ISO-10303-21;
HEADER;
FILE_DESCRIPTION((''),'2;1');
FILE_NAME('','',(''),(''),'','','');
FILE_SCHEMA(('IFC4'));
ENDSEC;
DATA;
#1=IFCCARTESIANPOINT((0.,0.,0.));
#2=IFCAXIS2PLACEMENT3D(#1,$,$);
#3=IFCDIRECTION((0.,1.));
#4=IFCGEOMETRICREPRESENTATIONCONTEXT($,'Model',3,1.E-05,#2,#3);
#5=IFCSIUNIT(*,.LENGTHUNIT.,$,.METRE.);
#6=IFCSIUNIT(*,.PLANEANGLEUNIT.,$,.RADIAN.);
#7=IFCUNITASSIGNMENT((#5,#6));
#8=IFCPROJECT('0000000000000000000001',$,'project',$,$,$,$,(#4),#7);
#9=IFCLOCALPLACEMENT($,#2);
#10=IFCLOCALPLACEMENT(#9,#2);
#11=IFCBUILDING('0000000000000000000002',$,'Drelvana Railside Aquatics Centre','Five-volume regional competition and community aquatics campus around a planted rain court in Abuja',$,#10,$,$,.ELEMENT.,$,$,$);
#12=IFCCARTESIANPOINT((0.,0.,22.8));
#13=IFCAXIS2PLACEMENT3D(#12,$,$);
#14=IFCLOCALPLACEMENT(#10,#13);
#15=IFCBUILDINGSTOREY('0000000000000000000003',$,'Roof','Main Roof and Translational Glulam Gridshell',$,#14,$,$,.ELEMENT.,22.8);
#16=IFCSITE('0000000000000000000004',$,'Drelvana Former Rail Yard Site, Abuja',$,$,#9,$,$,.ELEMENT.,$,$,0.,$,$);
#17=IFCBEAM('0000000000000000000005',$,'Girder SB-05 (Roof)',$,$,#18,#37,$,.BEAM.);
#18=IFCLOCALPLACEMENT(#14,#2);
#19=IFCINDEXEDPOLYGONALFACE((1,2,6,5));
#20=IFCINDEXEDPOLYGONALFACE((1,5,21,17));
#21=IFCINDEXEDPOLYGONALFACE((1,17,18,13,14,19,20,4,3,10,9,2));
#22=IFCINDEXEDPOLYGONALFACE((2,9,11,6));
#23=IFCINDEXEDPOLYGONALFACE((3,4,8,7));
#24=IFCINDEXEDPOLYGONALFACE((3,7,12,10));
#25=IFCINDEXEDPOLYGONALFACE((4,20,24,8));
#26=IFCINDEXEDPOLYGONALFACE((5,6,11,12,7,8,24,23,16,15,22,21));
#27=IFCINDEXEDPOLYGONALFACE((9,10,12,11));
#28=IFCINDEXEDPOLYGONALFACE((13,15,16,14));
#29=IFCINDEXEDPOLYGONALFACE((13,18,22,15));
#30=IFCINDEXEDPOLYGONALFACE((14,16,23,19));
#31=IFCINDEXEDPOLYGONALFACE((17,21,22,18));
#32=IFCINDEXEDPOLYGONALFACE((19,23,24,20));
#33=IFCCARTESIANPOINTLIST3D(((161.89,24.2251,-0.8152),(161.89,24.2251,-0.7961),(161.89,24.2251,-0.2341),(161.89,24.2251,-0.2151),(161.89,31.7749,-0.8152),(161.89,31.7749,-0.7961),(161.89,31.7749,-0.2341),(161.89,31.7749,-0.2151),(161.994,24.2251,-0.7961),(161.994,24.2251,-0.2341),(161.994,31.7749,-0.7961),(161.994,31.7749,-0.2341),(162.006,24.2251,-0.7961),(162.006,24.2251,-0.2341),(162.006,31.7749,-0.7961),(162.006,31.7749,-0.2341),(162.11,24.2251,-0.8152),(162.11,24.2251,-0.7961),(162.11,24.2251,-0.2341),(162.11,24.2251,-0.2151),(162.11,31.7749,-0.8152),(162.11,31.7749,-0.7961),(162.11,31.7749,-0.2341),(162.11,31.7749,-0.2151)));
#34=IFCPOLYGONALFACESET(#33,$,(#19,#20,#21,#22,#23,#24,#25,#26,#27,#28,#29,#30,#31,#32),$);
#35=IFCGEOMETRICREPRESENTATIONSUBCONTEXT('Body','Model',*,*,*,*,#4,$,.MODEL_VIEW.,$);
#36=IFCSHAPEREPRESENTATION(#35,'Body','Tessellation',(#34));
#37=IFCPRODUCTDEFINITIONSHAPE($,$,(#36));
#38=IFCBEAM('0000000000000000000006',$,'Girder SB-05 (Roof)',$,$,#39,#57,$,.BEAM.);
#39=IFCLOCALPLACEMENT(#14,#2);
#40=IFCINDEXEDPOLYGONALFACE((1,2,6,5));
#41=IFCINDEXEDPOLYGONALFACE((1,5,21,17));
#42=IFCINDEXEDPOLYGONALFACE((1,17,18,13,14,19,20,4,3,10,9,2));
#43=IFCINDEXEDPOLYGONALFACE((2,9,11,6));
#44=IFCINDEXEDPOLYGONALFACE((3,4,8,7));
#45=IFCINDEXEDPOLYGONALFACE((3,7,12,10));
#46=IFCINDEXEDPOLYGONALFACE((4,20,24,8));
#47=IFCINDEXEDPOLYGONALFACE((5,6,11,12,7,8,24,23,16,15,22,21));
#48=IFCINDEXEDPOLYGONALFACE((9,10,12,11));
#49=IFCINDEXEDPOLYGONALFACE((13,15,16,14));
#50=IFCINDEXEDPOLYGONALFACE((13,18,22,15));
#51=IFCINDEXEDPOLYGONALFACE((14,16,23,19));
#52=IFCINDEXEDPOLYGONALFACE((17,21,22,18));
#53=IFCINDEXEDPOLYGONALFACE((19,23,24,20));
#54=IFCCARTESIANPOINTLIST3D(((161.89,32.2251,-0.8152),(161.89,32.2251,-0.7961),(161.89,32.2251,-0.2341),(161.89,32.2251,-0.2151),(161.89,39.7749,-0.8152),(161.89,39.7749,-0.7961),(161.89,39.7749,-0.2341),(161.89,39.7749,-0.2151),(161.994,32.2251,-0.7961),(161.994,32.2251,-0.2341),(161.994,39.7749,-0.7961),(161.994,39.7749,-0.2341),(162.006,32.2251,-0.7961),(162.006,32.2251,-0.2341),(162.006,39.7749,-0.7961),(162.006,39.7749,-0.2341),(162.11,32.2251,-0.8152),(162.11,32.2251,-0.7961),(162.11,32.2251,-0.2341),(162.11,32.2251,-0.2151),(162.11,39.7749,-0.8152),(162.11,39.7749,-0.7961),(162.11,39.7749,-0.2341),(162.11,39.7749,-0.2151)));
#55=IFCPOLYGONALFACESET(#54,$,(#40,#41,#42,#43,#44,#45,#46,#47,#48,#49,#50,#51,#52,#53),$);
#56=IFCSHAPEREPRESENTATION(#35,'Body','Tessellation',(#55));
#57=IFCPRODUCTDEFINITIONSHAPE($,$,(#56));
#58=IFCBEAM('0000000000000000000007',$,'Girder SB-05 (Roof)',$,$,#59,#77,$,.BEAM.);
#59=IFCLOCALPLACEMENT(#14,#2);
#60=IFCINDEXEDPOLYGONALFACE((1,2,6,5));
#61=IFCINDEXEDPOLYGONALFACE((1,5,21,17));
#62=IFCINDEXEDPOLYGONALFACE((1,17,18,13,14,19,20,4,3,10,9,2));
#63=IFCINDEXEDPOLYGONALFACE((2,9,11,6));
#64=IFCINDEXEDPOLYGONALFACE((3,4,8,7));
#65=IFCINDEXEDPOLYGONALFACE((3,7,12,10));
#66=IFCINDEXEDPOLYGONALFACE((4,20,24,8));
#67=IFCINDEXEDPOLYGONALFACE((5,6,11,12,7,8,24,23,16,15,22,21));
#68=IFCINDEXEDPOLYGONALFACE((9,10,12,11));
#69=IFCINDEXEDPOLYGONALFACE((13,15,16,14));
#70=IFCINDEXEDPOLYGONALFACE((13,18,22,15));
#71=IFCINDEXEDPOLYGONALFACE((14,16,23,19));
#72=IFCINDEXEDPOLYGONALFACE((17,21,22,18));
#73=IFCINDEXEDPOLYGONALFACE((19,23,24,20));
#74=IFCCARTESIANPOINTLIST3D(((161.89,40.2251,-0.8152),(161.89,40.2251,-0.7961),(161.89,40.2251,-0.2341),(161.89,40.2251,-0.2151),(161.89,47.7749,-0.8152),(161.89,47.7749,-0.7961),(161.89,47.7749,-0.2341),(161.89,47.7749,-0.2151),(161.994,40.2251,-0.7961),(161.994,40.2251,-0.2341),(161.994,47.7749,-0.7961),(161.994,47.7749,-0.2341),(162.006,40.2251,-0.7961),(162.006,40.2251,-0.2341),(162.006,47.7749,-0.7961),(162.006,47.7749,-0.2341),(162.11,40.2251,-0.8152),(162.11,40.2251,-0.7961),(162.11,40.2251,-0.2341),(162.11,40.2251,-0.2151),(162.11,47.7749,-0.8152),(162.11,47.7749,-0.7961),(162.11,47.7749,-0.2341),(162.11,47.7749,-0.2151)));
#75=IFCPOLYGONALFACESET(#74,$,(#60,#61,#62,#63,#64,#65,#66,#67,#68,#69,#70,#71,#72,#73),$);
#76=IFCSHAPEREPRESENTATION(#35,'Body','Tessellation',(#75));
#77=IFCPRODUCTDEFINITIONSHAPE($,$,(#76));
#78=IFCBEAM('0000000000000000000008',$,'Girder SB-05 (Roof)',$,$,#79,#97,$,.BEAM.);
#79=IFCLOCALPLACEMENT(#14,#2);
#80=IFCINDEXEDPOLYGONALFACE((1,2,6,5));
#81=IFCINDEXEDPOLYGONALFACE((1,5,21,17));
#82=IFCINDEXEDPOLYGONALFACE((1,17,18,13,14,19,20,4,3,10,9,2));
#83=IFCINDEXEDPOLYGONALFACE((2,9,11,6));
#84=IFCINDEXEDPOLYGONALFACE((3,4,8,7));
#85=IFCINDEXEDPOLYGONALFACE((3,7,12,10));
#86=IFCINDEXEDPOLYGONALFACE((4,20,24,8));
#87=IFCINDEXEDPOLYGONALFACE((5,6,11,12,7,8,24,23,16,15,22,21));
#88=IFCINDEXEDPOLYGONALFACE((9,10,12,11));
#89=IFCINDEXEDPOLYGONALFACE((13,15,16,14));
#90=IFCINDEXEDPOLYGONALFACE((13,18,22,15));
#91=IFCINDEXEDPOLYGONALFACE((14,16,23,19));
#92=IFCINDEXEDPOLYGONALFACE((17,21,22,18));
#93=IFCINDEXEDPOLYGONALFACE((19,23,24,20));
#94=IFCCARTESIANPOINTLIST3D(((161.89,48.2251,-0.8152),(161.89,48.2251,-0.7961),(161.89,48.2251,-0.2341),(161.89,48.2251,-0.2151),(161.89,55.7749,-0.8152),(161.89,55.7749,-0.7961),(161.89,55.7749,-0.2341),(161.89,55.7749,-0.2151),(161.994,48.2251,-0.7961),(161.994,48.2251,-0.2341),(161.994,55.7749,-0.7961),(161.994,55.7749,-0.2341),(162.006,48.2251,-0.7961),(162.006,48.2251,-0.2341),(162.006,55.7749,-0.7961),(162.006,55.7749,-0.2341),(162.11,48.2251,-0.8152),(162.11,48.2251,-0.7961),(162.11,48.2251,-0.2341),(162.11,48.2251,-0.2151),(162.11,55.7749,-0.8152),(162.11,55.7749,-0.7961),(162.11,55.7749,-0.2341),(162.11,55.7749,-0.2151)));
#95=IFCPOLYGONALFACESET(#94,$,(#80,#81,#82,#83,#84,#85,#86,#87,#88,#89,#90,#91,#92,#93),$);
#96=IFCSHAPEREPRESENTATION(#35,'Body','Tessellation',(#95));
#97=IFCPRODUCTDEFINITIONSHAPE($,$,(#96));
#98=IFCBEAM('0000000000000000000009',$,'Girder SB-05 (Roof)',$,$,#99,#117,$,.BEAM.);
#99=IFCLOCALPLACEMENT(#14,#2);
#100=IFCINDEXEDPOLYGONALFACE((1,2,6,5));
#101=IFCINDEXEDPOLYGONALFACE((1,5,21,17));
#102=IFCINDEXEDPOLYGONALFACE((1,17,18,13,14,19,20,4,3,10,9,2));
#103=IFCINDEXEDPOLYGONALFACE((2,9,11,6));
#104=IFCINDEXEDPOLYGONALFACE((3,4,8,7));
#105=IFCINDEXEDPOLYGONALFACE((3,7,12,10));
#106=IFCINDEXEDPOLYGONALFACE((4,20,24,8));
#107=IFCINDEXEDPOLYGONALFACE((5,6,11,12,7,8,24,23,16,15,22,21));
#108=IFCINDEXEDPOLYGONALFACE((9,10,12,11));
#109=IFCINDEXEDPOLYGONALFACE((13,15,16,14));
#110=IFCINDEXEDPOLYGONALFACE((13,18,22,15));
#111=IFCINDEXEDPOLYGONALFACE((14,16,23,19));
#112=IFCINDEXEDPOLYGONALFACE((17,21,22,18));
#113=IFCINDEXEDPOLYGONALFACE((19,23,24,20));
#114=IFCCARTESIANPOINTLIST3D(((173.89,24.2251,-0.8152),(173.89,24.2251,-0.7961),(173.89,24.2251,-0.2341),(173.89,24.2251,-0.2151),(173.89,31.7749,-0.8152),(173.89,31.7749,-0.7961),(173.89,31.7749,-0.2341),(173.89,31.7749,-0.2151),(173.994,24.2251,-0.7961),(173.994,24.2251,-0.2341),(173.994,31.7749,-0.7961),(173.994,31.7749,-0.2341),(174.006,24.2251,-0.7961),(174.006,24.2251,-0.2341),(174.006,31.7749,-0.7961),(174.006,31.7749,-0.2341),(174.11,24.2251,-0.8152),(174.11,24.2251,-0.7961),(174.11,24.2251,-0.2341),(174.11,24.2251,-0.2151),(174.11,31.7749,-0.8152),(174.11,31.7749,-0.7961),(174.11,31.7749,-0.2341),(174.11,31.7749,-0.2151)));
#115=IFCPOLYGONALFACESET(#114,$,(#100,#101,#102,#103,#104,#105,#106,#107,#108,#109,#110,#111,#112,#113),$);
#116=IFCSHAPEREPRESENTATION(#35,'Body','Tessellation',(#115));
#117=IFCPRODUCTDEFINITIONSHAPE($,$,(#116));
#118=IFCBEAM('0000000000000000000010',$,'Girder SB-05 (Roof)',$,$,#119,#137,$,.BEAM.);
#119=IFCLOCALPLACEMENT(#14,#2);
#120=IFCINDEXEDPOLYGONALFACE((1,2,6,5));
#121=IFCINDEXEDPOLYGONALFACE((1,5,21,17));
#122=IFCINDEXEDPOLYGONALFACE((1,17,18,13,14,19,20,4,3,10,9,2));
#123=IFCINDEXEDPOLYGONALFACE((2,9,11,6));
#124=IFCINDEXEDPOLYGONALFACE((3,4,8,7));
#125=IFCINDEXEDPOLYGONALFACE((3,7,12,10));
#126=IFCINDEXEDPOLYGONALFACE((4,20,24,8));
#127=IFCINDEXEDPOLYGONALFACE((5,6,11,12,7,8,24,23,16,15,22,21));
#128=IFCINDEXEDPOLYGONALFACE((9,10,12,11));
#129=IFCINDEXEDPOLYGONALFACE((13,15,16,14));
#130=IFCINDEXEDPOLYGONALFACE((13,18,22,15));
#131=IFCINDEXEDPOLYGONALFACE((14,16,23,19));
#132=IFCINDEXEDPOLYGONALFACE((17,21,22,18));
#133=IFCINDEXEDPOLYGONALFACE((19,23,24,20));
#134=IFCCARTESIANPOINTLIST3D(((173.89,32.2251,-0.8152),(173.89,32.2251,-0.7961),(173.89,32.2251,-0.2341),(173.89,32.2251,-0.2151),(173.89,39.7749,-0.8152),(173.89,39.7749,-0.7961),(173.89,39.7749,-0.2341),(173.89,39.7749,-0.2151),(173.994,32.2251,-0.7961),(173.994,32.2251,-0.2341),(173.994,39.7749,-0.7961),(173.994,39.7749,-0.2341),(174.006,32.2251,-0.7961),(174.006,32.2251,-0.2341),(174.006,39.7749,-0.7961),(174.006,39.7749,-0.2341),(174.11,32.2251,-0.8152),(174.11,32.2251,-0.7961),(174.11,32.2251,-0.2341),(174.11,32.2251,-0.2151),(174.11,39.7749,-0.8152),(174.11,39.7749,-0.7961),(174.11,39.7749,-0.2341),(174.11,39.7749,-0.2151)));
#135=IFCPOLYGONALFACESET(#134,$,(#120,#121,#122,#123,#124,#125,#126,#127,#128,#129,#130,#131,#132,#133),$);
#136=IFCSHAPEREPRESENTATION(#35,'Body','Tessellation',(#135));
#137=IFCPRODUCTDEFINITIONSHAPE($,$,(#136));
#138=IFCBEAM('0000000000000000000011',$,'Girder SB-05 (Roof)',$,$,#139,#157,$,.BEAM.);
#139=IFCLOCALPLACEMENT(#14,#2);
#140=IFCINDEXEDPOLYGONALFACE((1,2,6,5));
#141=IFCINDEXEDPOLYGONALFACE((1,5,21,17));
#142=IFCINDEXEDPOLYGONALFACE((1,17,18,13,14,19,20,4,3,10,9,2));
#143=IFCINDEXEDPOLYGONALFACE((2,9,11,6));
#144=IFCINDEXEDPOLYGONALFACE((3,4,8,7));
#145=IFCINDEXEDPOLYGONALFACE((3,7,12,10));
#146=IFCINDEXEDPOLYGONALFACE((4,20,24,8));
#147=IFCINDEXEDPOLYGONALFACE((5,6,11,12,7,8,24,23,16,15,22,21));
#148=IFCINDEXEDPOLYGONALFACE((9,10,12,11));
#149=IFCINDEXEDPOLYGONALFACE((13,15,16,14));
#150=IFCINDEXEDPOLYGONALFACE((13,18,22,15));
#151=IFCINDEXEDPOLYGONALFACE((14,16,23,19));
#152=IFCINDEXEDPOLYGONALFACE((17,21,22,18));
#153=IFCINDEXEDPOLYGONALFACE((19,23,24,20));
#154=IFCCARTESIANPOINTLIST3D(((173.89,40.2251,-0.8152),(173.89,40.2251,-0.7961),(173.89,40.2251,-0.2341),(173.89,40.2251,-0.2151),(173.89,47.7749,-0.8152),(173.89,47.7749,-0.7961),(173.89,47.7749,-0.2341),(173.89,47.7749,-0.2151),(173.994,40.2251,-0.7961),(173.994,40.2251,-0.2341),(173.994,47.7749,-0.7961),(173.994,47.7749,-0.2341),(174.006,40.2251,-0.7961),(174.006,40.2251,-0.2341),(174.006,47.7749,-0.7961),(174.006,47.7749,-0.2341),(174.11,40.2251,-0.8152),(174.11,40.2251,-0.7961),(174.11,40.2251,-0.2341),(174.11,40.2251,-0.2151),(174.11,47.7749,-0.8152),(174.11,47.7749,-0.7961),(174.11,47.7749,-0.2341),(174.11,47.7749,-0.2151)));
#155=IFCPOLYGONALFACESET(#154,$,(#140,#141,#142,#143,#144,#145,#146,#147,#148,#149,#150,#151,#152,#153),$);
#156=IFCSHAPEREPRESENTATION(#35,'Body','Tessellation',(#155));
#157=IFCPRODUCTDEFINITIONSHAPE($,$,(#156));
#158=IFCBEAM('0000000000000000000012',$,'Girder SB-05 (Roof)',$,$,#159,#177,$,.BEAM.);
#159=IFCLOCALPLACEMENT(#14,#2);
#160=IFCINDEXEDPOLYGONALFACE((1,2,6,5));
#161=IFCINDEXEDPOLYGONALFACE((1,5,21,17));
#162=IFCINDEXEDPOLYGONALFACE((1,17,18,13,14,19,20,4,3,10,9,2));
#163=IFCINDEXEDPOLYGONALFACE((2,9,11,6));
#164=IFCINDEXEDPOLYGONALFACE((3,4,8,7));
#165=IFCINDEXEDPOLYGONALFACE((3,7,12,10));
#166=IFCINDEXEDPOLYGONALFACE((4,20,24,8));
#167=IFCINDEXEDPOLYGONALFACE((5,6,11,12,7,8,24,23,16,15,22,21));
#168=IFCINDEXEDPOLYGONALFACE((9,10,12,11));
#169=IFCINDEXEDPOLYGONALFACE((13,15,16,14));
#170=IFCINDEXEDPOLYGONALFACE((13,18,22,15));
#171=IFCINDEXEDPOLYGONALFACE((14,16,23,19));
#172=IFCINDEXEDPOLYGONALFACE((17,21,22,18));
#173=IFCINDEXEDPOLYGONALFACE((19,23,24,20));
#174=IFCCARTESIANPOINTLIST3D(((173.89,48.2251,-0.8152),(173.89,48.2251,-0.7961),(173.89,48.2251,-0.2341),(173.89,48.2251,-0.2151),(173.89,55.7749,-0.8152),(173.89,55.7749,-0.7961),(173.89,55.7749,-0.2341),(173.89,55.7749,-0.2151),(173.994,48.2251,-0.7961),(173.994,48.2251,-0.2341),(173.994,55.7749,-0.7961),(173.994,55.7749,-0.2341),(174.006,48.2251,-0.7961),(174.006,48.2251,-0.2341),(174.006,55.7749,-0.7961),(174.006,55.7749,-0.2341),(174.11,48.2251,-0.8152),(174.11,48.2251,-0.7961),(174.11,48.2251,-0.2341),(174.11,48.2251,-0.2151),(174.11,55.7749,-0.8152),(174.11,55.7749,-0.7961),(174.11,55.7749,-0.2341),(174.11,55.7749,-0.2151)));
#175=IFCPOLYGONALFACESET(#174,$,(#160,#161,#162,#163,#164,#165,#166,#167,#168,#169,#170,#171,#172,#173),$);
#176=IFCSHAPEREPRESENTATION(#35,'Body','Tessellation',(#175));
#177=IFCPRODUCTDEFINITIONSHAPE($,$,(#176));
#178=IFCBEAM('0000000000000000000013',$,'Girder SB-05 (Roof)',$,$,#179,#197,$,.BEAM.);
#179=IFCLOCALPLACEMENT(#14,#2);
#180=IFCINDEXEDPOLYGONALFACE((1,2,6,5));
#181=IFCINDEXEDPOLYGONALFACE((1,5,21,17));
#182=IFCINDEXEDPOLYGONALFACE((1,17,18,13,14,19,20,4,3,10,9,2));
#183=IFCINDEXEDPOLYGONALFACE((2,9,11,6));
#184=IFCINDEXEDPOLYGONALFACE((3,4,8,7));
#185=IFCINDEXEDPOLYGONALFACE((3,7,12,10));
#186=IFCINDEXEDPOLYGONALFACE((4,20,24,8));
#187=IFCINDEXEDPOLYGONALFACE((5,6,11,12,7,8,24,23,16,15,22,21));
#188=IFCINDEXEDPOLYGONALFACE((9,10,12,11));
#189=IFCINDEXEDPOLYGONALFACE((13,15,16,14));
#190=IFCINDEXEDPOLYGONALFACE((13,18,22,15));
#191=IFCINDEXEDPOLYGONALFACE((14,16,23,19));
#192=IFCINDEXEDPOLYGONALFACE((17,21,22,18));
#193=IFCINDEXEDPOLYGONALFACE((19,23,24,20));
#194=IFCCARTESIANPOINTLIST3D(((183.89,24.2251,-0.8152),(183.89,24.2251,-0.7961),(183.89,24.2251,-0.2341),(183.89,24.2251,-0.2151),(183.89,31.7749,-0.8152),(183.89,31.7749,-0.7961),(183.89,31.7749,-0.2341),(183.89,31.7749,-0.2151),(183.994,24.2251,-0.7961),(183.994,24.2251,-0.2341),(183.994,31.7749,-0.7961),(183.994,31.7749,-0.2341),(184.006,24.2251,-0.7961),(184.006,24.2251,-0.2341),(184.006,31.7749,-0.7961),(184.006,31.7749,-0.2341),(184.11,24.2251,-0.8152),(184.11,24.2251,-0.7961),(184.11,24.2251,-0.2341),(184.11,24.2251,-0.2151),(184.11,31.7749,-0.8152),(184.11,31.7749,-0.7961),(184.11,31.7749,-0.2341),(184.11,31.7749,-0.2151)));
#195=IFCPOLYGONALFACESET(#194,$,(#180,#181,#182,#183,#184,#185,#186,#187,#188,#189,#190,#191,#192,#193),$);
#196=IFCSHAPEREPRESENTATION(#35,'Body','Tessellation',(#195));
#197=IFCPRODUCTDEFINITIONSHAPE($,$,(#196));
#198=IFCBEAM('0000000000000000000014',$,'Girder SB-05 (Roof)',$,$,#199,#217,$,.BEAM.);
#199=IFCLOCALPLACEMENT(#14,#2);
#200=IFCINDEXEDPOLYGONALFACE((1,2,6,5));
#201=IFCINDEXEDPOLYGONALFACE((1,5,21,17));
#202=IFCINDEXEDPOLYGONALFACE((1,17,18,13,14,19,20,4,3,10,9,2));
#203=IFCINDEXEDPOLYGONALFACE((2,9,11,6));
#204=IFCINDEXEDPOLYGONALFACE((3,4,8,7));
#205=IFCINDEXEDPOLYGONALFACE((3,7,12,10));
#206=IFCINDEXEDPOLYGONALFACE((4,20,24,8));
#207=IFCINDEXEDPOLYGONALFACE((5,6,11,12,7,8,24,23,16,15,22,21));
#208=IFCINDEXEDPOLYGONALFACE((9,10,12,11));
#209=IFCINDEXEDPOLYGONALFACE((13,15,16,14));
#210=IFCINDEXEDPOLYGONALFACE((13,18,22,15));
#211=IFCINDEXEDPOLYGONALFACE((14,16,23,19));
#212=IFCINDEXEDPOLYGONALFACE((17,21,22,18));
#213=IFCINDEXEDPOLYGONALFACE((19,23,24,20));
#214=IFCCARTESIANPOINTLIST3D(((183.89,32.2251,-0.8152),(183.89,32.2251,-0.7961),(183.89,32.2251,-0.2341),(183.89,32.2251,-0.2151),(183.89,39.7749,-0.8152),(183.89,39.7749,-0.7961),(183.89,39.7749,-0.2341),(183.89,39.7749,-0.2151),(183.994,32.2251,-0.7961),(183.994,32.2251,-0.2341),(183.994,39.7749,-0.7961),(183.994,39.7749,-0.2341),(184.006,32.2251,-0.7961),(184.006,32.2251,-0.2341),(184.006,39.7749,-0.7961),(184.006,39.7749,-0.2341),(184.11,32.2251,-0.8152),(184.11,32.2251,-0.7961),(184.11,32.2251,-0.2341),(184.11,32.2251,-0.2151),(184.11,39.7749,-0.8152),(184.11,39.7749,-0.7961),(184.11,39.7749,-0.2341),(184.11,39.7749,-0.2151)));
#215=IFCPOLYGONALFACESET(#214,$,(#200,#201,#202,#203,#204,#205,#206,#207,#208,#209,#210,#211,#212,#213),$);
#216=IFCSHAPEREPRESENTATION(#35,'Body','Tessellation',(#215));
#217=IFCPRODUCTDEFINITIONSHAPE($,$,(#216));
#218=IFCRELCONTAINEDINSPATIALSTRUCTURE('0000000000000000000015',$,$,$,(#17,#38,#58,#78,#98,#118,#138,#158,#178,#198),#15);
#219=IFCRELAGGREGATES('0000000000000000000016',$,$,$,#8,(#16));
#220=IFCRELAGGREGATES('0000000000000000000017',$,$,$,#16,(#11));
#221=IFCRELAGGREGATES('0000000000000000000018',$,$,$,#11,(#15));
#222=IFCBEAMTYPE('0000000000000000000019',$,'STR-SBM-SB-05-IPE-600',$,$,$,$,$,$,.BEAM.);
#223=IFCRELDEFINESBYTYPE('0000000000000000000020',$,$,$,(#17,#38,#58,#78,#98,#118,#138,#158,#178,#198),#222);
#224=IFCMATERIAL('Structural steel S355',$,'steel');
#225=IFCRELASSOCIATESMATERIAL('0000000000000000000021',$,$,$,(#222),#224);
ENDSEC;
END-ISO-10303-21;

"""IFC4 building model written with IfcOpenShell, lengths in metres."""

from ifc_helpers import new_model, si_unit, direction, frame, origin, origin_2d, place, context, subcontext, project, spatial, i_section, extrude, material, material_profile, profile_set, type_object, element, save


model = new_model("IFC4")

# Units and contexts
model_context = context("Model", 3, precision=1e-05, world=origin(), true_north=direction((0.0, 1.0)))
body_context = subcontext(model_context, "Body", "Model", "MODEL_VIEW")
ifc_project = project(units=[si_unit("LENGTHUNIT", "METRE"), si_unit("PLANEANGLEUNIT", "RADIAN")], contexts=[model_context])

# Site, building, storey
site_placement = place(None, origin())
site = spatial("IfcSite", under=ifc_project, at=site_placement, Name="Drelvana Former Rail Yard Site, Abuja", CompositionType="ELEMENT", RefElevation=0.0)
building_placement = place(site_placement, origin())
building = spatial("IfcBuilding", under=site, at=building_placement, Name="Drelvana Railside Aquatics Centre", Description="Five-volume regional competition and community aquatics campus around a planted rain court in Abuja", CompositionType="ELEMENT")
storey_placement = place(building_placement, frame((0.0, 0.0, 22.8)))
storey = spatial("IfcBuildingStorey", under=building, at=storey_placement, Name="Roof", Description="Main Roof and Translational Glulam Gridshell", CompositionType="ELEMENT", Elevation=22.8)

# Beams
ifc_material = material(Name="Structural steel S355", Category="steel")
ifc_material_profile_1 = material_profile(ifc_material, i_section(OverallWidth=0.22, OverallDepth=0.6001, WebThickness=0.012, FlangeThickness=0.019, at=origin_2d()), Name="IPE 600")
ifc_profile_set_1 = profile_set([ifc_material_profile_1], Name="Structural steel S355")
beam_type_1 = type_object("IfcBeamType", Name="STR-SBM-SB-05-IPE-600", PredefinedType="BEAM", material=ifc_profile_set_1)
for number, where, z_axis, x_axis, name in (
    (1, (162.0, 24.2251, -0.5151), (0.0, 1.0, 0.0), (-1.0, 0.0, 0.0), "Girder SB-05 (Roof)"),
    (2, (162.0, 32.2251, -0.5151), (0.0, 1.0, 0.0), (-1.0, 0.0, 0.0), "Girder SB-05 (Roof)"),
    (3, (162.0, 40.2251, -0.5151), (0.0, 1.0, 0.0), (-1.0, 0.0, 0.0), "Girder SB-05 (Roof)"),
    (4, (162.0, 48.2251, -0.5151), (0.0, 1.0, 0.0), (-1.0, 0.0, 0.0), "Girder SB-05 (Roof)"),
    (5, (174.0, 24.2251, -0.5151), (0.0, 1.0, 0.0), (-1.0, 0.0, 0.0), "Girder SB-05 (Roof)"),
    (6, (174.0, 32.2251, -0.5151), (0.0, 1.0, 0.0), (-1.0, 0.0, 0.0), "Girder SB-05 (Roof)"),
    (7, (174.0, 40.2251, -0.5151), (0.0, 1.0, 0.0), (-1.0, 0.0, 0.0), "Girder SB-05 (Roof)"),
    (8, (174.0, 48.2251, -0.5151), (0.0, 1.0, 0.0), (-1.0, 0.0, 0.0), "Girder SB-05 (Roof)"),
    (9, (184.0, 24.2251, -0.5151), (0.0, 1.0, 0.0), (-1.0, 0.0, 0.0), "Girder SB-05 (Roof)"),
    (10, (184.0, 32.2251, -0.5151), (0.0, 1.0, 0.0), (-1.0, 0.0, 0.0), "Girder SB-05 (Roof)"),
):
    element("IfcBeam", number, at=place(storey_placement, frame(where, z_axis=z_axis, x_axis=x_axis)), inside=storey, type_object=beam_type_1, Name=name, PredefinedType="BEAM", context=body_context, shape_type="SweptSolid", body=[
        extrude(i_section(OverallWidth=0.22, OverallDepth=0.6001, WebThickness=0.012, FlangeThickness=0.019, at=origin_2d()), origin(), (0.0, 0.0, 1.0), 7.5498),
    ])

save(model, "model.ifc")
